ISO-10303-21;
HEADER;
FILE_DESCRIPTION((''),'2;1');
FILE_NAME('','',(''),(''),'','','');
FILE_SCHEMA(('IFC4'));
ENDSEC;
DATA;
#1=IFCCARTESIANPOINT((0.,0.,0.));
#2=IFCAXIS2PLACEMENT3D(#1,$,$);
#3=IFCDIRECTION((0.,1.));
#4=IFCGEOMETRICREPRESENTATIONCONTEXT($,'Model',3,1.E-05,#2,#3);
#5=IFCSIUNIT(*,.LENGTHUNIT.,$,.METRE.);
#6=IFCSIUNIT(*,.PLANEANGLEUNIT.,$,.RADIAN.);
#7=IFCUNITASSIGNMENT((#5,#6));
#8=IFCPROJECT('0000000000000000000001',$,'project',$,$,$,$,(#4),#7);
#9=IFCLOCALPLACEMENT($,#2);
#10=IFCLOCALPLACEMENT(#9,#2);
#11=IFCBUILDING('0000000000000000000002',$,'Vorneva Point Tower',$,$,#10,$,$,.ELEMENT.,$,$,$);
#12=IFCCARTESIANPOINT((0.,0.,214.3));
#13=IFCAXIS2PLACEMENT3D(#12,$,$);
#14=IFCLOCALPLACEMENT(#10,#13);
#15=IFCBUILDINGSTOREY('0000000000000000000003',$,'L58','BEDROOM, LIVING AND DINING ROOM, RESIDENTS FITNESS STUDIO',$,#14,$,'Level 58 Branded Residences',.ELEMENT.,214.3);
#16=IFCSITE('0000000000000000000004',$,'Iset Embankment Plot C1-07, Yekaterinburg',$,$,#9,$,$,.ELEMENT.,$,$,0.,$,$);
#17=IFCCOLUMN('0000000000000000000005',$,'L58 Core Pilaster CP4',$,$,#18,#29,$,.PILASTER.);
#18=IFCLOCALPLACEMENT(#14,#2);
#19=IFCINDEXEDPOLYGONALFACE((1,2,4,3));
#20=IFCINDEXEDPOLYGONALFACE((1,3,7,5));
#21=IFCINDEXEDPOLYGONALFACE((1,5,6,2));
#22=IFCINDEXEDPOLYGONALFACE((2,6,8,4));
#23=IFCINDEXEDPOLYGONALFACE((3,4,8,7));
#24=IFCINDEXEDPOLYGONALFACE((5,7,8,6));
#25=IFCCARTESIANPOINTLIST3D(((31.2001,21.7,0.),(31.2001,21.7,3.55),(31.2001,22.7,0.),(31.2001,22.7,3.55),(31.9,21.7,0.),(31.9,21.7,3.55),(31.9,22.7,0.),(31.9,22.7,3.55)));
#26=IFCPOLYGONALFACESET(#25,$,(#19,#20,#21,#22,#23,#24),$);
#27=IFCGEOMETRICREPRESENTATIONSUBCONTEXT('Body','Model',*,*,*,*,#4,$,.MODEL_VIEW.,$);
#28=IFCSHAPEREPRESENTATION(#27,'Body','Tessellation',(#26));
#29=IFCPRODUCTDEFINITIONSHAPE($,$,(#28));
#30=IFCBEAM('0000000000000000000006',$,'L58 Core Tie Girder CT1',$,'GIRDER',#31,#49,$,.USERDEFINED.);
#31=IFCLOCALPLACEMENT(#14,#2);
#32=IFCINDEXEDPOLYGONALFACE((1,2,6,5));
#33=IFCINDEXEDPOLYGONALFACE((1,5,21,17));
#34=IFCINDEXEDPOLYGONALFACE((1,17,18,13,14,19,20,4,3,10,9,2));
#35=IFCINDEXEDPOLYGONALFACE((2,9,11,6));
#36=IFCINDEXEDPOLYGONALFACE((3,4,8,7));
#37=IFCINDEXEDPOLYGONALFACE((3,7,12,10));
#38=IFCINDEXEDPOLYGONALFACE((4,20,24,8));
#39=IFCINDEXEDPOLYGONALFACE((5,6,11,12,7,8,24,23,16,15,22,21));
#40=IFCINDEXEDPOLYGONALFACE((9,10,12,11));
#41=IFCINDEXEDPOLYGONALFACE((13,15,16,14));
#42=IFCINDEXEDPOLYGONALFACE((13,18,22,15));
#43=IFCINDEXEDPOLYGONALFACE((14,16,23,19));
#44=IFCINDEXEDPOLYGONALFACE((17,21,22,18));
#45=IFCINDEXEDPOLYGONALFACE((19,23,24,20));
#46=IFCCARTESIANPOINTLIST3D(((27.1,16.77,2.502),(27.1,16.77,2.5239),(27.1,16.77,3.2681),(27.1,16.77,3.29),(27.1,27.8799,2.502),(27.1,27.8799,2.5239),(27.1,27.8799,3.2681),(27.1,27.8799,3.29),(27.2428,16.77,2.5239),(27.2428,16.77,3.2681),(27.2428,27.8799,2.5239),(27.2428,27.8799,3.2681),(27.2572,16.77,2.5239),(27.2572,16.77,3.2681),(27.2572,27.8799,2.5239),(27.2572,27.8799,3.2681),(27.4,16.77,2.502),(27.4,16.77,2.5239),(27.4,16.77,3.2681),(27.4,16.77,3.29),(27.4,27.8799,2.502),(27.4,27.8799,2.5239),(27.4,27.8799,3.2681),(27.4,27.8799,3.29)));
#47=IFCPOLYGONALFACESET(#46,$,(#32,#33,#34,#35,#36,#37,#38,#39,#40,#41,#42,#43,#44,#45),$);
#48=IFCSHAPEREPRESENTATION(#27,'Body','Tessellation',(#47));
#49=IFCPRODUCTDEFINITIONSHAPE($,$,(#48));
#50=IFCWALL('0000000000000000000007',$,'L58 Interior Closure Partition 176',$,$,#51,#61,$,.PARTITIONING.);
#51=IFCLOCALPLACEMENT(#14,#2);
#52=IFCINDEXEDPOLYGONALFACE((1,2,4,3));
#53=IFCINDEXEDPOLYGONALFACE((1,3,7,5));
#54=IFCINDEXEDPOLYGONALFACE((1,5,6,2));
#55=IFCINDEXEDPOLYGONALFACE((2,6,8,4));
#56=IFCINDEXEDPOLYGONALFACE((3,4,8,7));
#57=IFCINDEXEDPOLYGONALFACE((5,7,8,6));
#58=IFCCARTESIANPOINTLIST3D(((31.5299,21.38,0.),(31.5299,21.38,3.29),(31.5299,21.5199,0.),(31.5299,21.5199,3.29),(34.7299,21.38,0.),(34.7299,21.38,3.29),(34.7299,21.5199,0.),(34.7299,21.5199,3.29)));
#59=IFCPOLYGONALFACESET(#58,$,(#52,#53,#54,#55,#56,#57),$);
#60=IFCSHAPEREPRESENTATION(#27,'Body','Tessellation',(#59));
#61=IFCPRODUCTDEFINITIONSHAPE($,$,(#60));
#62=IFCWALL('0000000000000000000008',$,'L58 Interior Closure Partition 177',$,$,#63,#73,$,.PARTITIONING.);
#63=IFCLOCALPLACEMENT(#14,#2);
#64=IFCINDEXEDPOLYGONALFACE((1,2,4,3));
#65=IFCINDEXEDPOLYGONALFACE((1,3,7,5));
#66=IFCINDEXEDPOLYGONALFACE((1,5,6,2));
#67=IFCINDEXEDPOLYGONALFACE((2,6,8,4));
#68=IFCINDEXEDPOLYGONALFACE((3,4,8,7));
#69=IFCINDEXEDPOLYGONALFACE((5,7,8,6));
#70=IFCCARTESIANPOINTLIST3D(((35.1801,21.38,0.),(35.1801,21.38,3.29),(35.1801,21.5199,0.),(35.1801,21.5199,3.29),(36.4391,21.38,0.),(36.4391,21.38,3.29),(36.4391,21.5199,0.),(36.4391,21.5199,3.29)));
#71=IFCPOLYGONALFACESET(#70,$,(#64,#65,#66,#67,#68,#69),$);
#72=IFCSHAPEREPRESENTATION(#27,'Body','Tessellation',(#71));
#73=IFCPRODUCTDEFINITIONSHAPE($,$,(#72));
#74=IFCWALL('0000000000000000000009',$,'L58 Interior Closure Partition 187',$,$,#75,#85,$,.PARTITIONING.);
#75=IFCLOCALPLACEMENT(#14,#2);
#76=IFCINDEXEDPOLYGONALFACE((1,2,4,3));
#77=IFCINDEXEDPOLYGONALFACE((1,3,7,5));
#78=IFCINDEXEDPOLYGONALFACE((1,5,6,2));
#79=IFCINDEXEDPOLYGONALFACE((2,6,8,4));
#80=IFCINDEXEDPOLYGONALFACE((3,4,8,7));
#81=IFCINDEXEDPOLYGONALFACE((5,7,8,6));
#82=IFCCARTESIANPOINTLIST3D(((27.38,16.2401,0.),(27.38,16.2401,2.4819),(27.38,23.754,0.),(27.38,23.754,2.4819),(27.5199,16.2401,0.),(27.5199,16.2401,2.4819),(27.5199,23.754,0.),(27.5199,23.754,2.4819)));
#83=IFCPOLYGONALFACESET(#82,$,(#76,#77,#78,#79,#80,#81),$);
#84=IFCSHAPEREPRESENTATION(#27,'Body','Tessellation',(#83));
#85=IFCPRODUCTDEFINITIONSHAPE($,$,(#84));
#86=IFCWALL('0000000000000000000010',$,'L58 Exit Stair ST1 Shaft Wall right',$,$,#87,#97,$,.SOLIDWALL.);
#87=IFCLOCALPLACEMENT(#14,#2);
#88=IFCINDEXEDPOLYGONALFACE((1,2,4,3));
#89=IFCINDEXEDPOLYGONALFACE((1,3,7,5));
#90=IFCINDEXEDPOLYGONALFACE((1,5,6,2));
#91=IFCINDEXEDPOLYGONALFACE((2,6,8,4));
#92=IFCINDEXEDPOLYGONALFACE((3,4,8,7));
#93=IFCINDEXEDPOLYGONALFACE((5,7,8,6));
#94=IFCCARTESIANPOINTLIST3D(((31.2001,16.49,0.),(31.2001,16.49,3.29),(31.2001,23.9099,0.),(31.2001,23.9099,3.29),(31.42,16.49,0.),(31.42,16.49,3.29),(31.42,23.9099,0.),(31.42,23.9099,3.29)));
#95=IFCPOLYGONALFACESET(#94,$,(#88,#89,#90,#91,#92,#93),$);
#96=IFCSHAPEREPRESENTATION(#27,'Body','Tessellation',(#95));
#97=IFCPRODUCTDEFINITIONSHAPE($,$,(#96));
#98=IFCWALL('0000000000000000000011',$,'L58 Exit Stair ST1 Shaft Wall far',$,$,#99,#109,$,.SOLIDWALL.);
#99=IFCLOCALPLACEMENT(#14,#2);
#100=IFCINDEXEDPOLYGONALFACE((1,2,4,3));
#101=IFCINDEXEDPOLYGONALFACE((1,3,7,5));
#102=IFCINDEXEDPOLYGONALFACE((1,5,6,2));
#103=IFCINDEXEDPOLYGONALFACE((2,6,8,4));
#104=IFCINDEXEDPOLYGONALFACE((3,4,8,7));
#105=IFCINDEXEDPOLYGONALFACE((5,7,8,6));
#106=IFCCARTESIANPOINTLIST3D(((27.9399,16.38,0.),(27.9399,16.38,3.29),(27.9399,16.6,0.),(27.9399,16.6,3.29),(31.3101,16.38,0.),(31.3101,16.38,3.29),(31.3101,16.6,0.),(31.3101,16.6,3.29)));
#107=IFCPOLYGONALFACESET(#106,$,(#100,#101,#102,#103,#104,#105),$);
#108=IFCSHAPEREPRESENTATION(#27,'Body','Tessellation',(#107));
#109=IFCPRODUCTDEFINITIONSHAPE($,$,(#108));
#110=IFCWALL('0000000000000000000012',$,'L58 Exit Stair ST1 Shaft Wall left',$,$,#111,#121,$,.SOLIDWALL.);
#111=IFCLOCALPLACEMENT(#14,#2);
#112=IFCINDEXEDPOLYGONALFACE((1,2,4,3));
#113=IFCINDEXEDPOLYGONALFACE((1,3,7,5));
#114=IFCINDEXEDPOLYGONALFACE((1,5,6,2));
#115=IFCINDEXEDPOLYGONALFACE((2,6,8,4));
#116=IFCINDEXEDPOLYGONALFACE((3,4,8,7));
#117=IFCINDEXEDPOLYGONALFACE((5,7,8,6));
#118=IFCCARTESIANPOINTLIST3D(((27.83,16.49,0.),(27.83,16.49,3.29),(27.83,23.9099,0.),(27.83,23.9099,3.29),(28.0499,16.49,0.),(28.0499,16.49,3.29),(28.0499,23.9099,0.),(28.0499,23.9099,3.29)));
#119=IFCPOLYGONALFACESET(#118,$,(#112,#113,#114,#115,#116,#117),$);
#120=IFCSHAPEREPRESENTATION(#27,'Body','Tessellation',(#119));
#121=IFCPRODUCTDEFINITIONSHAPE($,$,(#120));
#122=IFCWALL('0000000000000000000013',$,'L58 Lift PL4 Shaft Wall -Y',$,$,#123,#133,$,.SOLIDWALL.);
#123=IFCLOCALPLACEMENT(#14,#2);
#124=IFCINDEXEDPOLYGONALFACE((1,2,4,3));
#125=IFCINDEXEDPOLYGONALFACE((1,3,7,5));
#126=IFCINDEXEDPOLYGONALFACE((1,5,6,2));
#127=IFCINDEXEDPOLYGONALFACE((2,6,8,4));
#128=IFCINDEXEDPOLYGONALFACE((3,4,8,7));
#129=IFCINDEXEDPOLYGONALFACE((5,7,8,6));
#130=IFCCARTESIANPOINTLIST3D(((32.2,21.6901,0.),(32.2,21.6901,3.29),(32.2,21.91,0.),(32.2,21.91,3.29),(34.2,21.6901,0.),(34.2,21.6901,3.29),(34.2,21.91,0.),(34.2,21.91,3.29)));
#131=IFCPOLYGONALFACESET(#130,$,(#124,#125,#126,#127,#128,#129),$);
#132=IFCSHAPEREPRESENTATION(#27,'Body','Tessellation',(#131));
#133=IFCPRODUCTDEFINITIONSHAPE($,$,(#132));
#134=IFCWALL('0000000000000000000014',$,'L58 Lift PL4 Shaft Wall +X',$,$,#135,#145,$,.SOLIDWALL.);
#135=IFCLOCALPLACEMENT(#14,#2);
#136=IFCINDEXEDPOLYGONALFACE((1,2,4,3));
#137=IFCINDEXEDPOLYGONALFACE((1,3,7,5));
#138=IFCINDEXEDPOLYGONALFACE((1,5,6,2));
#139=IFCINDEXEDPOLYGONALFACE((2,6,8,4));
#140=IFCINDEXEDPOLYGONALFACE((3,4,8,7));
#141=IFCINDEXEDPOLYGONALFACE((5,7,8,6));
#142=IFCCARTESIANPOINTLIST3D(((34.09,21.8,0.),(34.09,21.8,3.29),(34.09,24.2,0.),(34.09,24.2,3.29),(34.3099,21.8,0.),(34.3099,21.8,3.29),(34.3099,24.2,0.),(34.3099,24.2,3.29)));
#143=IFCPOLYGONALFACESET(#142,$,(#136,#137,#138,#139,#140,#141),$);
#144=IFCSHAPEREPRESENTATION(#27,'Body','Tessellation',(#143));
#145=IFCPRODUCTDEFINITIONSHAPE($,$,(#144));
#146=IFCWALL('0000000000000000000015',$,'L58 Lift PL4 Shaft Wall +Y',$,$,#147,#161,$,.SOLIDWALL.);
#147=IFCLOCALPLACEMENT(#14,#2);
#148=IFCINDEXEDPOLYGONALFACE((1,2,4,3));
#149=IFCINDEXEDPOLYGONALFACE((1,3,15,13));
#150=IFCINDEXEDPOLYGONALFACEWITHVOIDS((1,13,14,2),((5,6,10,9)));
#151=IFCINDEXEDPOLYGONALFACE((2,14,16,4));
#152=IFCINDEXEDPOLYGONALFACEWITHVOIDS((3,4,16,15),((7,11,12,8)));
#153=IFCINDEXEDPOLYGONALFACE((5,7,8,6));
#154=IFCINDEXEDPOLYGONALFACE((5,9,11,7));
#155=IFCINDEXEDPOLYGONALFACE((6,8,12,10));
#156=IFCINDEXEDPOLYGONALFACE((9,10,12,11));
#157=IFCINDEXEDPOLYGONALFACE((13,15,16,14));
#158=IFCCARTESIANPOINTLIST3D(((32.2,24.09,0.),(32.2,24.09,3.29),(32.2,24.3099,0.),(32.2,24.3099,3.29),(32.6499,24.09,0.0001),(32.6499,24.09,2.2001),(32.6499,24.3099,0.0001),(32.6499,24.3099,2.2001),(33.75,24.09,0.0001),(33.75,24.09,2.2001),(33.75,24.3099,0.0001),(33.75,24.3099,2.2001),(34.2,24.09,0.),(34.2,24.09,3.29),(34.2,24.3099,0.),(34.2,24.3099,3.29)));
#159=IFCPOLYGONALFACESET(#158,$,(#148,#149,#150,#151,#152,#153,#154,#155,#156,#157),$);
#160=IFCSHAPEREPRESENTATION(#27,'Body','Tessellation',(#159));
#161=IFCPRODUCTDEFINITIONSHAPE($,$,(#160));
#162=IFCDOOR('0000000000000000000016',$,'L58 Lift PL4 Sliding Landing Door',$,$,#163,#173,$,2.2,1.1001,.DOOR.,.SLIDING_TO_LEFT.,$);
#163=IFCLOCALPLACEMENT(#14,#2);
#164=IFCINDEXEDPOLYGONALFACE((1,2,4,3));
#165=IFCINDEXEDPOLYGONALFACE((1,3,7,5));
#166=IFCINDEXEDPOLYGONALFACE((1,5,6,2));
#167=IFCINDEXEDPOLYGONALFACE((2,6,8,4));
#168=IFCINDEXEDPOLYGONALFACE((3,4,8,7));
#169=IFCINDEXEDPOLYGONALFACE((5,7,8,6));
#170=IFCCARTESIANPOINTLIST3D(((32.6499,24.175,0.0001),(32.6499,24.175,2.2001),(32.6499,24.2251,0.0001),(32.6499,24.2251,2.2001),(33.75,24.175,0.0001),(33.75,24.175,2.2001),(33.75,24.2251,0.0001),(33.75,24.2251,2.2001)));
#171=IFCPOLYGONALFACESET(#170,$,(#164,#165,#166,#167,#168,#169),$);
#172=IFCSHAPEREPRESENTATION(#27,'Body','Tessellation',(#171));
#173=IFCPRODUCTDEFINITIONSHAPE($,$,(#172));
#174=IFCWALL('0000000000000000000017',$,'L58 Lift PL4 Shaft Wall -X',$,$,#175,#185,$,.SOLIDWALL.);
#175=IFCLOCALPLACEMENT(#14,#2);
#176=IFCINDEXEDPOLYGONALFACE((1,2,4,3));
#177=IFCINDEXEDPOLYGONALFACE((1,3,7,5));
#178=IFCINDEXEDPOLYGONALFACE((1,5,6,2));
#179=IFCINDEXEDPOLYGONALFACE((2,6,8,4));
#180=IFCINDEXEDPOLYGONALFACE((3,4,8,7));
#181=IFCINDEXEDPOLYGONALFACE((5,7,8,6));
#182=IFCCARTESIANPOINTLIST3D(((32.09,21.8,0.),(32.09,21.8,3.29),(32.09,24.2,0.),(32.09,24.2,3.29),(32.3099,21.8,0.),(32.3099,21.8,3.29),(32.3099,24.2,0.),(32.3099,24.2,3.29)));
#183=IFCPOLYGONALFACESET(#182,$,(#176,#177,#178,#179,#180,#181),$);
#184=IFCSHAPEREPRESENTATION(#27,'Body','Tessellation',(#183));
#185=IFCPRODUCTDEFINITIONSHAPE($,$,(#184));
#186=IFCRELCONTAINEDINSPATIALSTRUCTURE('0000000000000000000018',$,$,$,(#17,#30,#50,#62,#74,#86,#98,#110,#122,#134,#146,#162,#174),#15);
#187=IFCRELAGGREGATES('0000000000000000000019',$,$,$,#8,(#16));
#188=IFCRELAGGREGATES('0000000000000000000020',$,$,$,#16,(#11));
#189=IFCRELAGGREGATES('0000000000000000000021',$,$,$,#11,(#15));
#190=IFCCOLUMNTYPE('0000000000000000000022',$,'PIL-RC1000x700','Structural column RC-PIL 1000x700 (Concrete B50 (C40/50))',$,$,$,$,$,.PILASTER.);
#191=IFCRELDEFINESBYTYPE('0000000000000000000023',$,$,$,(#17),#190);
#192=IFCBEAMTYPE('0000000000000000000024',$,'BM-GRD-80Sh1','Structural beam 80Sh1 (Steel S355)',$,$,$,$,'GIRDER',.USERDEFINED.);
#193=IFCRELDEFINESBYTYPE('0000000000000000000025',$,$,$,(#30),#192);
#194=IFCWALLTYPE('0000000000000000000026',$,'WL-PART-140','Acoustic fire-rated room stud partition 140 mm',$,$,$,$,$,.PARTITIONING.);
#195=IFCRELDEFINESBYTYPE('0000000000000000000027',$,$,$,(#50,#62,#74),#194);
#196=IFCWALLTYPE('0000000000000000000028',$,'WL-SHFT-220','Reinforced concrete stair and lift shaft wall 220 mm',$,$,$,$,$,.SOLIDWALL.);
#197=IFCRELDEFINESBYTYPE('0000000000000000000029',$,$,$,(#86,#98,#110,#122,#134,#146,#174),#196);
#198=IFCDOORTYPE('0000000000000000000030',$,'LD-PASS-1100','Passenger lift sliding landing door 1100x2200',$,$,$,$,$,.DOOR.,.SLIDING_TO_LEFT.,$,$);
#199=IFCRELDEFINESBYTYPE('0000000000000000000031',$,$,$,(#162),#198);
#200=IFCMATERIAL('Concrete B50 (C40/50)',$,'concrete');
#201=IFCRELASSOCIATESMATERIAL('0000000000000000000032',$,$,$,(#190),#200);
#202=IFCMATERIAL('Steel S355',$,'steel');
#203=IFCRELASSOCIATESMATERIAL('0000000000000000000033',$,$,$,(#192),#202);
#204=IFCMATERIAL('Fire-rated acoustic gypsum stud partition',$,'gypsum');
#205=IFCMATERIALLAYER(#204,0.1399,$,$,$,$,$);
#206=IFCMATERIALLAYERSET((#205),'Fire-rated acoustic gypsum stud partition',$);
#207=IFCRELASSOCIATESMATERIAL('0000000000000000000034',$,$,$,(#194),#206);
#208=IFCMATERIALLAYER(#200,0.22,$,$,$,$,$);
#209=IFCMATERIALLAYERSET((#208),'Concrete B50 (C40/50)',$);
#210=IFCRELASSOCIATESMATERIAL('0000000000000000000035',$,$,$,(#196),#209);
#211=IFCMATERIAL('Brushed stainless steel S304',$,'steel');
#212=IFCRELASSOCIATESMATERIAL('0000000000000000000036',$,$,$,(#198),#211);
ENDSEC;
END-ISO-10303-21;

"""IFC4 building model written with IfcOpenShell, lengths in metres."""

from ifc_helpers import new_model, si_unit, direction, frame, frame_2d, origin, origin_2d, place, context, subcontext, project, spatial, rectangle, i_section, extrude, material, layer, layer_set, material_profile, profile_set, type_object, element, fill, save


model = new_model("IFC4")

# Units and contexts
model_context = context("Model", 3, precision=1e-05, world=origin(), true_north=direction((0.0, 1.0)))
body_context = subcontext(model_context, "Body", "Model", "MODEL_VIEW")
ifc_project = project(units=[si_unit("LENGTHUNIT", "METRE"), si_unit("PLANEANGLEUNIT", "RADIAN")], contexts=[model_context])

# Site, building, storey
site_placement = place(None, origin())
site = spatial("IfcSite", under=ifc_project, at=site_placement, Name="Iset Embankment Plot C1-07, Yekaterinburg", CompositionType="ELEMENT", RefElevation=0.0)
building_placement = place(site_placement, origin())
building = spatial("IfcBuilding", under=site, at=building_placement, Name="Vorneva Point Tower", CompositionType="ELEMENT")
storey_placement = place(building_placement, frame((0.0, 0.0, 214.3)))
storey = spatial("IfcBuildingStorey", under=building, at=storey_placement, Name="L58", Description="BEDROOM, LIVING AND DINING ROOM, RESIDENTS FITNESS STUDIO", LongName="Level 58 Branded Residences", CompositionType="ELEMENT", Elevation=214.3)

# Column
ifc_material_1 = material(Name="Concrete B50 (C40/50)", Category="concrete")
ifc_material_profile_1 = material_profile(ifc_material_1, rectangle(XDim=0.7, YDim=1.0, at=origin_2d()), Name="RC-PIL 1000x700")
ifc_profile_set_1 = profile_set([ifc_material_profile_1], Name="Concrete B50 (C40/50)")
column_type = type_object("IfcColumnType", Name="PIL-RC1000x700", Description="Structural column RC-PIL 1000x700 (Concrete B50 (C40/50))", PredefinedType="PILASTER", material=ifc_profile_set_1)
column_placement = place(storey_placement, frame((31.55, 22.2, 0.0), z_axis=(0.0, 0.0, 1.0), x_axis=(1.0, 0.0, 0.0)))
element("IfcColumn", 1, at=column_placement, inside=storey, type_object=column_type, Name="L58 Core Pilaster CP4", PredefinedType="PILASTER", context=body_context, shape_type="SweptSolid", body=[
    extrude(rectangle(XDim=0.7, YDim=1.0, at=origin_2d()), origin(), (0.0, 0.0, 1.0), 3.55),
])

# Beam
ifc_material_2 = material(Name="Steel S355", Category="steel")
ifc_material_profile_2 = material_profile(ifc_material_2, i_section(OverallWidth=0.3, OverallDepth=0.7881, WebThickness=0.0144, FlangeThickness=0.022, at=origin_2d()), Name="80Sh1")
ifc_profile_set_2 = profile_set([ifc_material_profile_2], Name="Steel S355")
beam_type = type_object("IfcBeamType", Name="BM-GRD-80Sh1", Description="Structural beam 80Sh1 (Steel S355)", ElementType="GIRDER", PredefinedType="USERDEFINED", material=ifc_profile_set_2)
beam_placement = place(storey_placement, frame((27.25, 16.77, 2.896), z_axis=(0.0, 1.0, 0.0), x_axis=(-1.0, 0.0, 0.0)))
element("IfcBeam", 2, at=beam_placement, inside=storey, type_object=beam_type, Name="L58 Core Tie Girder CT1", ObjectType="GIRDER", PredefinedType="USERDEFINED", context=body_context, shape_type="SweptSolid", body=[
    extrude(i_section(OverallWidth=0.3, OverallDepth=0.7881, WebThickness=0.0144, FlangeThickness=0.022, at=origin_2d()), origin(), (0.0, 0.0, 1.0), 11.1099),
])

# Walls
ifc_material_3 = material(Name="Fire-rated acoustic gypsum stud partition", Category="gypsum")
ifc_layer_1 = layer(ifc_material_3, 0.1399)
ifc_layer_set_1 = layer_set([ifc_layer_1], Name="Fire-rated acoustic gypsum stud partition")
wall_type_1 = type_object("IfcWallType", Name="WL-PART-140", Description="Acoustic fire-rated room stud partition 140 mm", PredefinedType="PARTITIONING", material=ifc_layer_set_1)
wall_1_placement = place(storey_placement, frame((34.73, 21.45, 0.0), z_axis=(0.0, 0.0, 1.0), x_axis=(-1.0, 0.0, 0.0)))
element("IfcWall", 3, at=wall_1_placement, inside=storey, type_object=wall_type_1, Name="L58 Interior Closure Partition 176", PredefinedType="PARTITIONING", context=body_context, shape_type="SweptSolid", body=[
    extrude(rectangle(XDim=3.2, YDim=0.1399, at=frame_2d((1.6001, 0.0))), origin(), (0.0, 0.0, 1.0), 3.29),
])
wall_2_placement = place(storey_placement, frame((36.439, 21.45, 0.0), z_axis=(0.0, 0.0, 1.0), x_axis=(-1.0, 0.0, 0.0)))
element("IfcWall", 4, at=wall_2_placement, inside=storey, type_object=wall_type_1, Name="L58 Interior Closure Partition 177", PredefinedType="PARTITIONING", context=body_context, shape_type="SweptSolid", body=[
    extrude(rectangle(XDim=1.259, YDim=0.1399, at=frame_2d((0.6294, 0.0))), origin(), (0.0, 0.0, 1.0), 3.29),
])
wall_3_placement = place(storey_placement, frame((27.45, 23.7539, 0.0), z_axis=(0.0, 0.0, 1.0), x_axis=(0.0, -1.0, 0.0)))
element("IfcWall", 5, at=wall_3_placement, inside=storey, type_object=wall_type_1, Name="L58 Interior Closure Partition 187", PredefinedType="PARTITIONING", context=body_context, shape_type="SweptSolid", body=[
    extrude(rectangle(XDim=7.5139, YDim=0.1399, at=frame_2d((3.7568, 0.0))), origin(), (0.0, 0.0, 1.0), 2.4819),
])

# Shared definitions
ifc_layer_2 = layer(ifc_material_1, 0.22)
ifc_layer_set_2 = layer_set([ifc_layer_2], Name="Concrete B50 (C40/50)")
wall_type_2 = type_object("IfcWallType", Name="WL-SHFT-220", Description="Reinforced concrete stair and lift shaft wall 220 mm", PredefinedType="SOLIDWALL", material=ifc_layer_set_2)

# Walls
wall_4_placement = place(storey_placement, frame((31.3101, 23.9099, 0.0), z_axis=(0.0, 0.0, 1.0), x_axis=(0.0, -1.0, 0.0)))
element("IfcWall", 6, at=wall_4_placement, inside=storey, type_object=wall_type_2, Name="L58 Exit Stair ST1 Shaft Wall right", PredefinedType="SOLIDWALL", context=body_context, shape_type="SweptSolid", body=[
    extrude(rectangle(XDim=7.4199, YDim=0.22, at=frame_2d((3.71, 0.0))), origin(), (0.0, 0.0, 1.0), 3.29),
])
wall_5_placement = place(storey_placement, frame((31.3101, 16.49, 0.0), z_axis=(0.0, 0.0, 1.0), x_axis=(-1.0, 0.0, 0.0)))
element("IfcWall", 7, at=wall_5_placement, inside=storey, type_object=wall_type_2, Name="L58 Exit Stair ST1 Shaft Wall far", PredefinedType="SOLIDWALL", context=body_context, shape_type="SweptSolid", body=[
    extrude(rectangle(XDim=3.3701, YDim=0.22, at=frame_2d((1.6851, 0.0))), origin(), (0.0, 0.0, 1.0), 3.29),
])
wall_6_placement = place(storey_placement, frame((27.9399, 16.49, 0.0), z_axis=(0.0, 0.0, 1.0), x_axis=(0.0, 1.0, 0.0)))
element("IfcWall", 8, at=wall_6_placement, inside=storey, type_object=wall_type_2, Name="L58 Exit Stair ST1 Shaft Wall left", PredefinedType="SOLIDWALL", context=body_context, shape_type="SweptSolid", body=[
    extrude(rectangle(XDim=7.4199, YDim=0.22, at=frame_2d((3.71, 0.0))), origin(), (0.0, 0.0, 1.0), 3.29),
])
wall_7_placement = place(storey_placement, frame((32.2, 21.8, 0.0), z_axis=(0.0, 0.0, 1.0), x_axis=(1.0, 0.0, 0.0)))
element("IfcWall", 9, at=wall_7_placement, inside=storey, type_object=wall_type_2, Name="L58 Lift PL4 Shaft Wall -Y", PredefinedType="SOLIDWALL", context=body_context, shape_type="SweptSolid", body=[
    extrude(rectangle(XDim=2.0, YDim=0.22, at=frame_2d((1.0, 0.0))), origin(), (0.0, 0.0, 1.0), 3.29),
])
wall_8_placement = place(storey_placement, frame((34.2, 21.8, 0.0), z_axis=(0.0, 0.0, 1.0), x_axis=(0.0, 1.0, 0.0)))
element("IfcWall", 10, at=wall_8_placement, inside=storey, type_object=wall_type_2, Name="L58 Lift PL4 Shaft Wall +X", PredefinedType="SOLIDWALL", context=body_context, shape_type="SweptSolid", body=[
    extrude(rectangle(XDim=2.3999, YDim=0.22, at=frame_2d((1.2, 0.0))), origin(), (0.0, 0.0, 1.0), 3.29),
])

# Wall, opening, door
wall_9_placement = place(storey_placement, frame((34.2, 24.2, 0.0), z_axis=(0.0, 0.0, 1.0), x_axis=(-1.0, 0.0, 0.0)))
wall_9 = element("IfcWall", 11, at=wall_9_placement, inside=storey, type_object=wall_type_2, Name="L58 Lift PL4 Shaft Wall +Y", PredefinedType="SOLIDWALL", context=body_context, shape_type="SweptSolid", body=[
    extrude(rectangle(XDim=2.0, YDim=0.22, at=frame_2d((1.0, 0.0))), origin(), (0.0, 0.0, 1.0), 3.29),
])
opening_1_placement = place(wall_9_placement, frame((0.45, 0.0, 0.0)))
opening_1 = element("IfcOpeningElement", 12, at=opening_1_placement, cuts=wall_9, PredefinedType="OPENING", context=body_context, shape_type="SweptSolid", body=[
    extrude(rectangle(XDim=1.1001, YDim=2.2, at=frame_2d((0.55, 1.1001))), frame((0.0, 0.125, 0.0), z_axis=(0.0, -1.0, 0.0), x_axis=(1.0, 0.0, 0.0)), (0.0, 0.0, 1.0), 0.2498),
])
ifc_material_4 = material(Name="Brushed stainless steel S304", Category="steel")
door_type_1 = type_object("IfcDoorType", Name="LD-PASS-1100", Description="Passenger lift sliding landing door 1100x2200", OperationType="SLIDING_TO_LEFT", PredefinedType="DOOR", material=ifc_material_4)
door_1_placement = place(opening_1_placement, origin())
door_1 = element("IfcDoor", 13, at=door_1_placement, inside=storey, type_object=door_type_1, Name="L58 Lift PL4 Sliding Landing Door", OperationType="SLIDING_TO_LEFT", OverallHeight=2.2, OverallWidth=1.1001, PredefinedType="DOOR", context=body_context, shape_type="SweptSolid", body=[
    extrude(rectangle(XDim=1.1001, YDim=2.2, at=frame_2d((0.55, 1.1001))), frame((0.0, 0.0249, 0.0), z_axis=(0.0, -1.0, 0.0), x_axis=(1.0, 0.0, 0.0)), (0.0, 0.0, 1.0), 0.05),
])
fill(opening_1, door_1)

# Wall
wall_10_placement = place(storey_placement, frame((32.2, 24.2, 0.0), z_axis=(0.0, 0.0, 1.0), x_axis=(0.0, -1.0, 0.0)))
element("IfcWall", 14, at=wall_10_placement, inside=storey, type_object=wall_type_2, Name="L58 Lift PL4 Shaft Wall -X", PredefinedType="SOLIDWALL", context=body_context, shape_type="SweptSolid", body=[
    extrude(rectangle(XDim=2.3999, YDim=0.22, at=frame_2d((1.2, 0.0))), origin(), (0.0, 0.0, 1.0), 3.29),
])

save(model, "model.ifc")
